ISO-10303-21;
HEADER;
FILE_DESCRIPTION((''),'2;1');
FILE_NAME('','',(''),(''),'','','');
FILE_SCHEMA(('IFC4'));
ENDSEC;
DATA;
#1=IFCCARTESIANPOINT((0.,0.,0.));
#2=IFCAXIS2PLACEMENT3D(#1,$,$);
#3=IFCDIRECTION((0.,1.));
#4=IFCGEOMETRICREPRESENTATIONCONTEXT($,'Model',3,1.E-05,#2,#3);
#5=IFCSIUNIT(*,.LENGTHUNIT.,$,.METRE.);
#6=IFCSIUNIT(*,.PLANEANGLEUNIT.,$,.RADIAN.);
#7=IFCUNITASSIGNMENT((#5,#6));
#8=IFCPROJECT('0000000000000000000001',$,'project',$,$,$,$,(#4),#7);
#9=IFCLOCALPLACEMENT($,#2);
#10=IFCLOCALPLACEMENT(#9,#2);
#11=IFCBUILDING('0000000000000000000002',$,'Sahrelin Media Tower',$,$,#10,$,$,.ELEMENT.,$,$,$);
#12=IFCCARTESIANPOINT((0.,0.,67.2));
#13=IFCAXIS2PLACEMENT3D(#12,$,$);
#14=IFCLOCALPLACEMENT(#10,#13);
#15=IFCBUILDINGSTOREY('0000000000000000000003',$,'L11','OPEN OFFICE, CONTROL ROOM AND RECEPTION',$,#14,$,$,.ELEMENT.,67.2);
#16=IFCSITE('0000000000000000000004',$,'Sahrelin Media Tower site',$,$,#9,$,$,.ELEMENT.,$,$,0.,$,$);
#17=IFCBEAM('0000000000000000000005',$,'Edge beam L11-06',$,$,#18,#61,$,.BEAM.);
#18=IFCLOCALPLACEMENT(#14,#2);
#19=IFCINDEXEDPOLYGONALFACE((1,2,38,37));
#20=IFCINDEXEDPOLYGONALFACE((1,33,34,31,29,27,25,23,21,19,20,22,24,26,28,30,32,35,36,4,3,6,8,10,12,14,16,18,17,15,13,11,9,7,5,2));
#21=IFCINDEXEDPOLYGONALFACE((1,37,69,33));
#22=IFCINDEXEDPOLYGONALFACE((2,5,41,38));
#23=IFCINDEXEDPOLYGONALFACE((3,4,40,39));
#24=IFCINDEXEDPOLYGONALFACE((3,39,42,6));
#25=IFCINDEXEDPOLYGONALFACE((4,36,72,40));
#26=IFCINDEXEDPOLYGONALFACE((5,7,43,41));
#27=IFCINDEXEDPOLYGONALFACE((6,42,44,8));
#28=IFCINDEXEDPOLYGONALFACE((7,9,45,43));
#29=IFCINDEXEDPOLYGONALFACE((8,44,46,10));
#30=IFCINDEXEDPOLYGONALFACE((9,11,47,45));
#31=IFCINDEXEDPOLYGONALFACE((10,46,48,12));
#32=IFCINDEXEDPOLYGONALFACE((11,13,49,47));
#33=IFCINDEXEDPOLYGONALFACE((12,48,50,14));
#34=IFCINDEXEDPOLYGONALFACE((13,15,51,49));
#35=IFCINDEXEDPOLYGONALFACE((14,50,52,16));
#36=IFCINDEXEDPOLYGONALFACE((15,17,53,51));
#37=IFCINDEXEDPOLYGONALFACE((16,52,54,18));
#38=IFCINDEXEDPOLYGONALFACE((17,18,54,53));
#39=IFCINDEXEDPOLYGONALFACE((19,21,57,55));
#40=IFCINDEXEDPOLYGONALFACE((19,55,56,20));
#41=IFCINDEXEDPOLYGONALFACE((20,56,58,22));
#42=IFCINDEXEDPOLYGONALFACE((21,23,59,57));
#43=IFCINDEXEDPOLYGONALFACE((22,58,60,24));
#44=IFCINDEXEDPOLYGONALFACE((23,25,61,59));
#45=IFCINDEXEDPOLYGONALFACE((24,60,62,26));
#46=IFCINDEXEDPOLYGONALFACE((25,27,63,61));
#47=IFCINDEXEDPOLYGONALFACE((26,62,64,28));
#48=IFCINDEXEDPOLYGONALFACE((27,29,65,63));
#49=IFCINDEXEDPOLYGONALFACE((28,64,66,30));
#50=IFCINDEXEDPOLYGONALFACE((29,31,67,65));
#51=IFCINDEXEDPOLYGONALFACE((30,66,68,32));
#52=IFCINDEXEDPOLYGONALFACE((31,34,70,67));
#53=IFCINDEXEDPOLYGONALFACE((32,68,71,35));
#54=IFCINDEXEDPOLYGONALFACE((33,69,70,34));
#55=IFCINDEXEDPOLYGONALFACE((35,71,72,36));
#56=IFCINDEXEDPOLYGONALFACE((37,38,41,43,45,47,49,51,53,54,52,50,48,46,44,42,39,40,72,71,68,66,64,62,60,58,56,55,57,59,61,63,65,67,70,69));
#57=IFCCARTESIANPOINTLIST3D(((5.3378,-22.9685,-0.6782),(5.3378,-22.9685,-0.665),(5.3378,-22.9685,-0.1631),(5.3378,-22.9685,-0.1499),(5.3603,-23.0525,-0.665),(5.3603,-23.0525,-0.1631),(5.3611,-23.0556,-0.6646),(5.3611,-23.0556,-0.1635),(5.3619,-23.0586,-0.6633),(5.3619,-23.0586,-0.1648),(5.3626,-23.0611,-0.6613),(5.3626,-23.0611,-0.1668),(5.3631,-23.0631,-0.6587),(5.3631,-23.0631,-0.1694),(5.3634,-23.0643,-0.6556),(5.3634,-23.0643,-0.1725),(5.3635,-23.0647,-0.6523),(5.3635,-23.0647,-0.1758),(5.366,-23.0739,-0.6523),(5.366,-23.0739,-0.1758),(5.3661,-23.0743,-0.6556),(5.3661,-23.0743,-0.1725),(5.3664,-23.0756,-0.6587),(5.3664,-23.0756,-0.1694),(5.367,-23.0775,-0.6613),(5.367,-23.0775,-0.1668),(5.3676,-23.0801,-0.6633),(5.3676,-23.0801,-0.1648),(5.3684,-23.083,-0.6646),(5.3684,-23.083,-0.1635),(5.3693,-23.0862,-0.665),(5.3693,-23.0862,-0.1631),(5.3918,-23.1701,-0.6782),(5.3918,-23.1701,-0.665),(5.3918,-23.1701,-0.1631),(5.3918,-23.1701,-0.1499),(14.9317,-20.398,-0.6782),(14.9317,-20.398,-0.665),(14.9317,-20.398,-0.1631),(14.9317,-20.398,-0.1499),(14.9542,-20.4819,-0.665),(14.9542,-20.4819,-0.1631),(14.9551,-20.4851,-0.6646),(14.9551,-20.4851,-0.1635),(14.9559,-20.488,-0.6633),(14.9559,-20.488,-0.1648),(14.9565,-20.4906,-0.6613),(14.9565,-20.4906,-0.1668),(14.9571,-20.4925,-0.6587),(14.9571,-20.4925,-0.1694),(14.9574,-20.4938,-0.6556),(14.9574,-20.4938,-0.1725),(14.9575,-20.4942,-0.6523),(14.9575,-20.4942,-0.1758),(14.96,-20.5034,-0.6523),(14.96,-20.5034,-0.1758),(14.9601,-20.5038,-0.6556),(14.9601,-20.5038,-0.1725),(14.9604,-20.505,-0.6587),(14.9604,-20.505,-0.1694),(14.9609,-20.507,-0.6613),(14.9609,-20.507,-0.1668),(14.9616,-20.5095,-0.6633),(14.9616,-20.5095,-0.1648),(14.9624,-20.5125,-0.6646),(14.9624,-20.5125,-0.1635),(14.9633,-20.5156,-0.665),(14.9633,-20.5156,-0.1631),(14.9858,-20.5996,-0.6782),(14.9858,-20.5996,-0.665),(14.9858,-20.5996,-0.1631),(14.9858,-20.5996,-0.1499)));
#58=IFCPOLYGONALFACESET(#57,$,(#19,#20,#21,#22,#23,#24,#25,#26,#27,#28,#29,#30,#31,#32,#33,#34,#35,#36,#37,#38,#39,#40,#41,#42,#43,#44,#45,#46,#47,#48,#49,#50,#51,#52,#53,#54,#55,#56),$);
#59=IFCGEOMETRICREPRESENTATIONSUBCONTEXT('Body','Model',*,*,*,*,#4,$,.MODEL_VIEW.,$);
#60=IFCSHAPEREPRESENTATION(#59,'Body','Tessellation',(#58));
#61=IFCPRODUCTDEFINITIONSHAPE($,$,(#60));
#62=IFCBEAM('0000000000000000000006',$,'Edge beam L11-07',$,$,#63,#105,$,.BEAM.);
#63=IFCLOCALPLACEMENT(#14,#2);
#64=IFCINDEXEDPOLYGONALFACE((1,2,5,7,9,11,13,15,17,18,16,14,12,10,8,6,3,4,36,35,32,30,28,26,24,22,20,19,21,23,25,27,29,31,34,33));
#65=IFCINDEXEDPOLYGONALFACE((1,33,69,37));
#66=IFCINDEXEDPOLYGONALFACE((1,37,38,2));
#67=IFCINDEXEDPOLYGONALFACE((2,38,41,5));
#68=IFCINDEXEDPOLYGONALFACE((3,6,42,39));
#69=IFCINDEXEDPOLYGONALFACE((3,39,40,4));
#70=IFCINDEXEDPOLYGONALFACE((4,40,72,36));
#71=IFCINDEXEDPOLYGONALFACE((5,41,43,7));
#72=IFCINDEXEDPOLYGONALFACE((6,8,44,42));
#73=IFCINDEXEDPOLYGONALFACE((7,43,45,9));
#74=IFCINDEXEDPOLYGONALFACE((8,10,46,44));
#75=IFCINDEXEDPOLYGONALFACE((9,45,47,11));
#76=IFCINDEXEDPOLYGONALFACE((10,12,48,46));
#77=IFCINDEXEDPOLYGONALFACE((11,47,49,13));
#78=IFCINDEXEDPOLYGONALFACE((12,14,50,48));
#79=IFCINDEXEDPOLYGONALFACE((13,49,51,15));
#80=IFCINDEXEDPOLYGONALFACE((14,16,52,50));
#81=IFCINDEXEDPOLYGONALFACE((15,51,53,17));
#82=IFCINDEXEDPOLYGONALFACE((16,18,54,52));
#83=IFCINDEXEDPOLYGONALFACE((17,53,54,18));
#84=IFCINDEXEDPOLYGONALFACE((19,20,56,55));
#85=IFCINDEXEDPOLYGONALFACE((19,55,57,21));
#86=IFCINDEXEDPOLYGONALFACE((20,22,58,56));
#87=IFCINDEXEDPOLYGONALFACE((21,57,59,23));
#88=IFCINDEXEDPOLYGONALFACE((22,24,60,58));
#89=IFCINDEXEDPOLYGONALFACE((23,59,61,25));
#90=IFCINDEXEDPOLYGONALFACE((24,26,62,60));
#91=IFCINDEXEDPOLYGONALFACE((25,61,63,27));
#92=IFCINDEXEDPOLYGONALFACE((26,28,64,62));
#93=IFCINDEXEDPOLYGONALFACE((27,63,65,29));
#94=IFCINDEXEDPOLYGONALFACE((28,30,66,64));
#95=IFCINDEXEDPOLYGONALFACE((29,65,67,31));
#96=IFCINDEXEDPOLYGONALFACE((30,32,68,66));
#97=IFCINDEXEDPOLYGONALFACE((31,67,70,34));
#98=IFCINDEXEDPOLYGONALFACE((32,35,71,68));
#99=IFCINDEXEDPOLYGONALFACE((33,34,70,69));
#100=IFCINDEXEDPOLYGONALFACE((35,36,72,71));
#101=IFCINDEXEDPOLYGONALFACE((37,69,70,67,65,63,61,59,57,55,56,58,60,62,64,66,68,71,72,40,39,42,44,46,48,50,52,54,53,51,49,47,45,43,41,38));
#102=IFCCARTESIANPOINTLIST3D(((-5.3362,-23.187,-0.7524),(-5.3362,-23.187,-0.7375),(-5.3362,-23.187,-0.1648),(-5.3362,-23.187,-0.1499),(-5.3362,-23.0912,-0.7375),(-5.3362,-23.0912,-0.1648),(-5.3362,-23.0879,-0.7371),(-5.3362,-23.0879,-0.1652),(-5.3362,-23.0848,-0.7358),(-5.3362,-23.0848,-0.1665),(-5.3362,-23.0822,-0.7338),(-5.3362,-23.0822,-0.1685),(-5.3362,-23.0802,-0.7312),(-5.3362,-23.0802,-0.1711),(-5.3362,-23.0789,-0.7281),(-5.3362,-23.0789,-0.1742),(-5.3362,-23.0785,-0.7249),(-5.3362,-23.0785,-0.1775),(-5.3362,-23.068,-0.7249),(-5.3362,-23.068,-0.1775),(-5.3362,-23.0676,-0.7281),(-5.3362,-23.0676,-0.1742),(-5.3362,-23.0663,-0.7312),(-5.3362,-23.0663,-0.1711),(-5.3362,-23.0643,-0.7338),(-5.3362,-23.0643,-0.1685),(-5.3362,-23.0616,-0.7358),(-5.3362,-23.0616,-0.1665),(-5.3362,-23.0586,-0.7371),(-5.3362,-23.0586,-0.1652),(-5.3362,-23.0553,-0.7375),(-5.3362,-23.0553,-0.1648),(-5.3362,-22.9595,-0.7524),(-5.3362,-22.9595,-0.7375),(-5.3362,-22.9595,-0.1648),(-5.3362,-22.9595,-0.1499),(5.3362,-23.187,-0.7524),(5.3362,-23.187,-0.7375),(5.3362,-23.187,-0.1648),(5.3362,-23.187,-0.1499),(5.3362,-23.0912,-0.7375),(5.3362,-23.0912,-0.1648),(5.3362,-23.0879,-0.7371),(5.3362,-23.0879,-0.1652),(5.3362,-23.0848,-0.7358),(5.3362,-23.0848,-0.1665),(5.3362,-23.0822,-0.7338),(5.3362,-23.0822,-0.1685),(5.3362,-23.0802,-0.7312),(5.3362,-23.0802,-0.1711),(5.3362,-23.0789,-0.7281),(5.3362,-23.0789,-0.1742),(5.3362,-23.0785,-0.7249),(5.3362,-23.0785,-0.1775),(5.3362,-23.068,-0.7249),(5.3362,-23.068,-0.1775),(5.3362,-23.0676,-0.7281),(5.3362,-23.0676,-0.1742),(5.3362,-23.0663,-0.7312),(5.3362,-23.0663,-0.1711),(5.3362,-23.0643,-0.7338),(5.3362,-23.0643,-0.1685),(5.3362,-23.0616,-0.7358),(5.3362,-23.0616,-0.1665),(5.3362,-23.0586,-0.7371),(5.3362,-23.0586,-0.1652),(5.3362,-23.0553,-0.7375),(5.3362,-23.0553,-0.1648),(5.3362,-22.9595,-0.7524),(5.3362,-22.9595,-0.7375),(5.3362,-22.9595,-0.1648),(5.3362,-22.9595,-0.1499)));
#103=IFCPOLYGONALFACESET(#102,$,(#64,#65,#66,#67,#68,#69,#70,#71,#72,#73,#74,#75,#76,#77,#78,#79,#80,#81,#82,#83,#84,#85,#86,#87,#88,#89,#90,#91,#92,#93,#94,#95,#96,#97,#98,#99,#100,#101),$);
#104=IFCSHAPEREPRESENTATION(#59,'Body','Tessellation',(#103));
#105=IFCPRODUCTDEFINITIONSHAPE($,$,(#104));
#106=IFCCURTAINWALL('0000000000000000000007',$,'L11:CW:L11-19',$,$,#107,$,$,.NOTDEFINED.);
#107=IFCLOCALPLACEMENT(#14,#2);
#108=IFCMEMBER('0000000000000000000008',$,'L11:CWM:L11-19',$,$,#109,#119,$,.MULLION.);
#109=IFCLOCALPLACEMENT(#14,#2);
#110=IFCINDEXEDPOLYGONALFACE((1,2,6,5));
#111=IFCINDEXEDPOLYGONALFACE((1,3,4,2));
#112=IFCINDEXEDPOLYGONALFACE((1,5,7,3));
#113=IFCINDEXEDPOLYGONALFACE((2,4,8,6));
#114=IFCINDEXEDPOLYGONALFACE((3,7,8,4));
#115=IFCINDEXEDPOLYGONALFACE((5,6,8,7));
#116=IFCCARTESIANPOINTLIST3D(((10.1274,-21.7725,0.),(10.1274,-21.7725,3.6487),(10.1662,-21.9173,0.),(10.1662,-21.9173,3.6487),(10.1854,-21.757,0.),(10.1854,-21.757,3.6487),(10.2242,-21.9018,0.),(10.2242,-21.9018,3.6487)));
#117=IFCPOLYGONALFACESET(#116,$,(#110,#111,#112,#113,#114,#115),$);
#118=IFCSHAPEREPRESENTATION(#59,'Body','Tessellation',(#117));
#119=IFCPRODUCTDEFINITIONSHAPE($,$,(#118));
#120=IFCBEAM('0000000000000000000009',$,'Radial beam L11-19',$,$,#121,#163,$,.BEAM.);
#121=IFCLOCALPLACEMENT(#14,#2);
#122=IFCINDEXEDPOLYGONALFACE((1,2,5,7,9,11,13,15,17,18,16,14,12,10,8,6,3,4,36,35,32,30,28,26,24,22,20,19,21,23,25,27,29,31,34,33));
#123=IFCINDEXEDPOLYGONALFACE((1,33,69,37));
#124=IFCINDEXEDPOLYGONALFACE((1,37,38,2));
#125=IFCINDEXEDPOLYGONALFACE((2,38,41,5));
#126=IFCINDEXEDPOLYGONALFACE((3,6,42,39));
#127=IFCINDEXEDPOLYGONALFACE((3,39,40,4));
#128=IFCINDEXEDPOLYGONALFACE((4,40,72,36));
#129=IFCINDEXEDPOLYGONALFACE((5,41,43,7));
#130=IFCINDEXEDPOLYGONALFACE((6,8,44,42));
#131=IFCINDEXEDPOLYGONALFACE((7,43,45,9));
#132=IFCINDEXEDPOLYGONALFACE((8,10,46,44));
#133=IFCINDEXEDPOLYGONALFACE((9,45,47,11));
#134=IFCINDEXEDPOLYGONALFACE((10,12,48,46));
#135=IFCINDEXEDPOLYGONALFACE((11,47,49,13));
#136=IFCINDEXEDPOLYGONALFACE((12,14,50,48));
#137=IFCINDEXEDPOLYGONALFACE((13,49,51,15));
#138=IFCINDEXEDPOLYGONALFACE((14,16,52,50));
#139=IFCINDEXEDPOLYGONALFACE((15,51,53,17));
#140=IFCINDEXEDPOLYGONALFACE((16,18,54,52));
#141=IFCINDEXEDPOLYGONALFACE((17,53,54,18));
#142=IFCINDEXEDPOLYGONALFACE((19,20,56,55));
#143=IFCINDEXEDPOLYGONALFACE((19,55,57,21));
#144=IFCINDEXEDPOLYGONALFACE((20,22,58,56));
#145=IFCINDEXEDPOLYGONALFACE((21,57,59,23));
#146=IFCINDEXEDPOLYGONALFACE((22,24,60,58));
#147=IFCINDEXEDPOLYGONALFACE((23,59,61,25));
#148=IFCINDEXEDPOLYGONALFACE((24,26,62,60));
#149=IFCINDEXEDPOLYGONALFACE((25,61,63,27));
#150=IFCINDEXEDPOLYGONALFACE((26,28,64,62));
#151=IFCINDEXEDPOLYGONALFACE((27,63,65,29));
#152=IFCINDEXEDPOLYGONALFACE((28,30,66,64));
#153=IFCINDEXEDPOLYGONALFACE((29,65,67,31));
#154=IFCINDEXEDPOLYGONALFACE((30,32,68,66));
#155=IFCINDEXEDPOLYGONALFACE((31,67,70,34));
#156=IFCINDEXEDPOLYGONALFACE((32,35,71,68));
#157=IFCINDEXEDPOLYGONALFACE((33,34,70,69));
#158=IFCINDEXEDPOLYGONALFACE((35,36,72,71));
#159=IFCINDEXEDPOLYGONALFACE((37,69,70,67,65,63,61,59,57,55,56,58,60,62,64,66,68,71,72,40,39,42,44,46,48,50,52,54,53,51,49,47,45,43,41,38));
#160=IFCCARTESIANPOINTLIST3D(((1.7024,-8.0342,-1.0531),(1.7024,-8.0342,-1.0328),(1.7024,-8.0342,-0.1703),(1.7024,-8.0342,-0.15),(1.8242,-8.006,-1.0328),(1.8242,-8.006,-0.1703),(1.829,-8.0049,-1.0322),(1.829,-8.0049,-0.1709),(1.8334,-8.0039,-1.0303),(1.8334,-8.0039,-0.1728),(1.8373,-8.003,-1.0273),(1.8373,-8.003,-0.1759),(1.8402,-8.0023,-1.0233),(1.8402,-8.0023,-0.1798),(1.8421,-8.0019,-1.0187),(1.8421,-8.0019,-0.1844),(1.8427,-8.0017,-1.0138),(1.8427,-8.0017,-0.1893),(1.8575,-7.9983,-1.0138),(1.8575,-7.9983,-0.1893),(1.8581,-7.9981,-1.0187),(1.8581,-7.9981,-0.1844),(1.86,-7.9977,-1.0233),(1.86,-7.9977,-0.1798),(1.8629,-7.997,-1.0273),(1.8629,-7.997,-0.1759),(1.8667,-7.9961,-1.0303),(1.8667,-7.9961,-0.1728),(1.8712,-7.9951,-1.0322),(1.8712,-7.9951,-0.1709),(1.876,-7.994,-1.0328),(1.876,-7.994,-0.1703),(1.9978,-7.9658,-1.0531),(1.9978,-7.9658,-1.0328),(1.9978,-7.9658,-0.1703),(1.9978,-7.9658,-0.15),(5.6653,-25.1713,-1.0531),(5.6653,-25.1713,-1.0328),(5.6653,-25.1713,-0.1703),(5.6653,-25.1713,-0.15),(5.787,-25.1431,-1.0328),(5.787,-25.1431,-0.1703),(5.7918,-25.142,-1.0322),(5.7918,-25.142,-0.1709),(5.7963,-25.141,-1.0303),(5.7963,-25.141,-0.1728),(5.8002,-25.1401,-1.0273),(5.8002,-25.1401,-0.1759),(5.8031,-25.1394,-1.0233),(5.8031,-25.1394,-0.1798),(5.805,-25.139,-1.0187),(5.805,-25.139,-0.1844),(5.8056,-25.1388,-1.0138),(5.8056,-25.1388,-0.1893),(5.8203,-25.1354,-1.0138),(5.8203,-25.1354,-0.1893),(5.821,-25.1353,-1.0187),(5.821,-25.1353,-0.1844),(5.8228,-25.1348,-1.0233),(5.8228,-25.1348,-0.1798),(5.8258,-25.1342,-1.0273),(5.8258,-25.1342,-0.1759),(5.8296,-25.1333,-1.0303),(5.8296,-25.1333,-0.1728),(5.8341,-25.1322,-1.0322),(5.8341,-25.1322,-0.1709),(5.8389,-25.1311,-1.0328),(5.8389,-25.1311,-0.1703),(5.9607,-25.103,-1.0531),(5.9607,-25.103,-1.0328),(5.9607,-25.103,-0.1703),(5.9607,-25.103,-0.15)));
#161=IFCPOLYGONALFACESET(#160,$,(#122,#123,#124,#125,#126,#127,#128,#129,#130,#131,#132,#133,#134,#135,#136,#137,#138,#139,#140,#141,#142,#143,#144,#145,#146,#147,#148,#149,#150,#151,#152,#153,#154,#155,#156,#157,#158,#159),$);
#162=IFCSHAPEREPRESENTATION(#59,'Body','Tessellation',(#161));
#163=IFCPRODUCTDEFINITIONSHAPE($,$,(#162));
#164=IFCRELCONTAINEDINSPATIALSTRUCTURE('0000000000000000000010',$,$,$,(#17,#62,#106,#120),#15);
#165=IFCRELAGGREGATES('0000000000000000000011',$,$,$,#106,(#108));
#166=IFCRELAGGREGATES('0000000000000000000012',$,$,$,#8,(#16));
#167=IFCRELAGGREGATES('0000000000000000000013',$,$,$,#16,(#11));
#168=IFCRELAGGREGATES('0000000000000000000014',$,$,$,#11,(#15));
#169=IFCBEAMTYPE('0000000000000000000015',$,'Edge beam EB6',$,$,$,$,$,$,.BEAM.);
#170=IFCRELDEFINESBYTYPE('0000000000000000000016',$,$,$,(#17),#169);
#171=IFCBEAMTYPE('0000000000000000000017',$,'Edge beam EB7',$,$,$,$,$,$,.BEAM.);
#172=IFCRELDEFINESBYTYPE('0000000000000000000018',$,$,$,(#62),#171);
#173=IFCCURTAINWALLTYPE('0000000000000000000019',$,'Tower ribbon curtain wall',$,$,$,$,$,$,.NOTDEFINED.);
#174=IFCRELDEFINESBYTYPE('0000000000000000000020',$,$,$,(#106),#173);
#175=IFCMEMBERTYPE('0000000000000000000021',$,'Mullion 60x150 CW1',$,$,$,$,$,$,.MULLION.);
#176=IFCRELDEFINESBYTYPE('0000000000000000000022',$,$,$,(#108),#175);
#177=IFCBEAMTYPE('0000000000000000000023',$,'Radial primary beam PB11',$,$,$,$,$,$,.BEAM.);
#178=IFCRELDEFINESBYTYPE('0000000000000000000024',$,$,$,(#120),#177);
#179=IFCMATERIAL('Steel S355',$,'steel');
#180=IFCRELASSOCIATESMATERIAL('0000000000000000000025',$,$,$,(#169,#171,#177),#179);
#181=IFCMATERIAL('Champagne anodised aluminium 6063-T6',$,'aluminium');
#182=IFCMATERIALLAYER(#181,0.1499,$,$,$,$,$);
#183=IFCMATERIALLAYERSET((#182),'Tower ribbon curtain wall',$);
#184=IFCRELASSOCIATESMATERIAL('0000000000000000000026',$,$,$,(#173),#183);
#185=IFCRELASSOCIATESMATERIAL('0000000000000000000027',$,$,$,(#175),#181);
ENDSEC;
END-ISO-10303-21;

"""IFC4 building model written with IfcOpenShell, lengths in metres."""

from ifc_helpers import new_model, si_unit, direction, frame, origin, origin_2d, place, context, subcontext, project, spatial, rectangle, i_section, extrude, material, layer, layer_set, material_profile, profile_set, type_object, element, aggregate, save


model = new_model("IFC4")

# Units and contexts
model_context = context("Model", 3, precision=1e-05, world=origin(), true_north=direction((0.0, 1.0)))
body_context = subcontext(model_context, "Body", "Model", "MODEL_VIEW")
ifc_project = project(units=[si_unit("LENGTHUNIT", "METRE"), si_unit("PLANEANGLEUNIT", "RADIAN")], contexts=[model_context])

# Site, building, storey
site_placement = place(None, origin())
site = spatial("IfcSite", under=ifc_project, at=site_placement, Name="Sahrelin Media Tower site", CompositionType="ELEMENT", RefElevation=0.0)
building_placement = place(site_placement, origin())
building = spatial("IfcBuilding", under=site, at=building_placement, Name="Sahrelin Media Tower", CompositionType="ELEMENT")
storey_placement = place(building_placement, frame((0.0, 0.0, 67.2)))
storey = spatial("IfcBuildingStorey", under=building, at=storey_placement, Name="L11", Description="OPEN OFFICE, CONTROL ROOM AND RECEPTION", CompositionType="ELEMENT", Elevation=67.2)

# Beams
ifc_material_1 = material(Name="Steel S355", Category="steel")
ifc_material_profile_1 = material_profile(ifc_material_1, i_section(OverallWidth=0.2087, OverallDepth=0.5283, WebThickness=0.0095, FlangeThickness=0.0132, FilletRadius=0.0127, at=origin_2d()), Name="UB 533x210x82")
ifc_profile_set_1 = profile_set([ifc_material_profile_1], Name="Steel S355")
beam_type_1 = type_object("IfcBeamType", Name="Edge beam EB6", PredefinedType="BEAM", material=ifc_profile_set_1)
beam_1_placement = place(storey_placement, frame((14.9587, -20.4988, -0.4141), z_axis=(-0.96593, -0.258805, 0.0), x_axis=(0.258805, -0.96593, 0.0)))
element("IfcBeam", 1, at=beam_1_placement, inside=storey, type_object=beam_type_1, Name="Edge beam L11-06", PredefinedType="BEAM", context=body_context, shape_type="SweptSolid", body=[
    extrude(i_section(OverallWidth=0.2087, OverallDepth=0.5283, WebThickness=0.0095, FlangeThickness=0.0132, FilletRadius=0.0127, at=origin_2d()), origin(), (0.0, 0.0, 1.0), 9.9324),
])
ifc_material_profile_2 = material_profile(ifc_material_1, i_section(OverallWidth=0.2275, OverallDepth=0.6025, WebThickness=0.0105, FlangeThickness=0.0149, FilletRadius=0.0127, at=origin_2d()), Name="UB 610x229x101")
ifc_profile_set_2 = profile_set([ifc_material_profile_2], Name="Steel S355")
beam_type_2 = type_object("IfcBeamType", Name="Edge beam EB7", PredefinedType="BEAM", material=ifc_profile_set_2)
beam_2_placement = place(storey_placement, frame((5.3362, -23.0732, -0.4512), z_axis=(-1.0, 0.0, 0.0), x_axis=(0.0, -1.0, 0.0)))
element("IfcBeam", 2, at=beam_2_placement, inside=storey, type_object=beam_type_2, Name="Edge beam L11-07", PredefinedType="BEAM", context=body_context, shape_type="SweptSolid", body=[
    extrude(i_section(OverallWidth=0.2275, OverallDepth=0.6025, WebThickness=0.0105, FlangeThickness=0.0149, FilletRadius=0.0127, at=origin_2d()), origin(), (0.0, 0.0, 1.0), 10.6724),
])

# Curtain wall, member
ifc_material_2 = material(Name="Champagne anodised aluminium 6063-T6", Category="aluminium")
ifc_layer_1 = layer(ifc_material_2, 0.1499)
ifc_layer_set_1 = layer_set([ifc_layer_1], Name="Tower ribbon curtain wall")
curtain_wall_type = type_object("IfcCurtainWallType", Name="Tower ribbon curtain wall", PredefinedType="NOTDEFINED", material=ifc_layer_set_1)
curtain_wall_1_placement = place(storey_placement, frame((10.2004, -21.929, 0.0), z_axis=(0.0, 0.0, 1.0), x_axis=(1.0, 0.0, 0.0)))
curtain_wall_1 = element("IfcCurtainWall", 3, at=curtain_wall_1_placement, inside=storey, type_object=curtain_wall_type, Name="L11:CW:L11-19", PredefinedType="NOTDEFINED")
ifc_material_profile_3 = material_profile(ifc_material_2, rectangle(XDim=0.0601, YDim=0.1499, at=origin_2d()), Name="Mullion 60x150")
ifc_profile_set_3 = profile_set([ifc_material_profile_3], Name="Champagne anodised aluminium 6063-T6")
member_type_1 = type_object("IfcMemberType", Name="Mullion 60x150 CW1", PredefinedType="MULLION", material=ifc_profile_set_3)
member_1_placement = place(storey_placement, frame((10.1758, -21.8372, 0.0), z_axis=(0.0, 0.0, 1.0), x_axis=(0.965927, 0.258816, 0.0)))
member_1 = element("IfcMember", 4, at=member_1_placement, type_object=member_type_1, Name="L11:CWM:L11-19", PredefinedType="MULLION", context=body_context, shape_type="SweptSolid", body=[
    extrude(rectangle(XDim=0.0601, YDim=0.1499, at=origin_2d()), origin(), (0.0, 0.0, 1.0), 3.6487),
])

# Beam
ifc_material_profile_4 = material_profile(ifc_material_1, i_section(OverallWidth=0.3032, OverallDepth=0.9031, WebThickness=0.0151, FlangeThickness=0.0203, FilletRadius=0.019, at=origin_2d()), Name="UB 914x305x201")
ifc_profile_set_4 = profile_set([ifc_material_profile_4], Name="Steel S355")
beam_type_3 = type_object("IfcBeamType", Name="Radial primary beam PB11", PredefinedType="BEAM", material=ifc_profile_set_4)
beam_3_placement = place(storey_placement, frame((1.8501, -8.0, -0.6016), z_axis=(0.225299, -0.97429, 0.0), x_axis=(0.97429, 0.225299, 0.0)))
element("IfcBeam", 5, at=beam_3_placement, inside=storey, type_object=beam_type_3, Name="Radial beam L11-19", PredefinedType="BEAM", context=body_context, shape_type="SweptSolid", body=[
    extrude(i_section(OverallWidth=0.3032, OverallDepth=0.9031, WebThickness=0.0151, FlangeThickness=0.0203, FilletRadius=0.019, at=origin_2d()), origin(), (0.0, 0.0, 1.0), 17.5894),
])

aggregate(curtain_wall_1, [member_1])

save(model, "model.ifc")
